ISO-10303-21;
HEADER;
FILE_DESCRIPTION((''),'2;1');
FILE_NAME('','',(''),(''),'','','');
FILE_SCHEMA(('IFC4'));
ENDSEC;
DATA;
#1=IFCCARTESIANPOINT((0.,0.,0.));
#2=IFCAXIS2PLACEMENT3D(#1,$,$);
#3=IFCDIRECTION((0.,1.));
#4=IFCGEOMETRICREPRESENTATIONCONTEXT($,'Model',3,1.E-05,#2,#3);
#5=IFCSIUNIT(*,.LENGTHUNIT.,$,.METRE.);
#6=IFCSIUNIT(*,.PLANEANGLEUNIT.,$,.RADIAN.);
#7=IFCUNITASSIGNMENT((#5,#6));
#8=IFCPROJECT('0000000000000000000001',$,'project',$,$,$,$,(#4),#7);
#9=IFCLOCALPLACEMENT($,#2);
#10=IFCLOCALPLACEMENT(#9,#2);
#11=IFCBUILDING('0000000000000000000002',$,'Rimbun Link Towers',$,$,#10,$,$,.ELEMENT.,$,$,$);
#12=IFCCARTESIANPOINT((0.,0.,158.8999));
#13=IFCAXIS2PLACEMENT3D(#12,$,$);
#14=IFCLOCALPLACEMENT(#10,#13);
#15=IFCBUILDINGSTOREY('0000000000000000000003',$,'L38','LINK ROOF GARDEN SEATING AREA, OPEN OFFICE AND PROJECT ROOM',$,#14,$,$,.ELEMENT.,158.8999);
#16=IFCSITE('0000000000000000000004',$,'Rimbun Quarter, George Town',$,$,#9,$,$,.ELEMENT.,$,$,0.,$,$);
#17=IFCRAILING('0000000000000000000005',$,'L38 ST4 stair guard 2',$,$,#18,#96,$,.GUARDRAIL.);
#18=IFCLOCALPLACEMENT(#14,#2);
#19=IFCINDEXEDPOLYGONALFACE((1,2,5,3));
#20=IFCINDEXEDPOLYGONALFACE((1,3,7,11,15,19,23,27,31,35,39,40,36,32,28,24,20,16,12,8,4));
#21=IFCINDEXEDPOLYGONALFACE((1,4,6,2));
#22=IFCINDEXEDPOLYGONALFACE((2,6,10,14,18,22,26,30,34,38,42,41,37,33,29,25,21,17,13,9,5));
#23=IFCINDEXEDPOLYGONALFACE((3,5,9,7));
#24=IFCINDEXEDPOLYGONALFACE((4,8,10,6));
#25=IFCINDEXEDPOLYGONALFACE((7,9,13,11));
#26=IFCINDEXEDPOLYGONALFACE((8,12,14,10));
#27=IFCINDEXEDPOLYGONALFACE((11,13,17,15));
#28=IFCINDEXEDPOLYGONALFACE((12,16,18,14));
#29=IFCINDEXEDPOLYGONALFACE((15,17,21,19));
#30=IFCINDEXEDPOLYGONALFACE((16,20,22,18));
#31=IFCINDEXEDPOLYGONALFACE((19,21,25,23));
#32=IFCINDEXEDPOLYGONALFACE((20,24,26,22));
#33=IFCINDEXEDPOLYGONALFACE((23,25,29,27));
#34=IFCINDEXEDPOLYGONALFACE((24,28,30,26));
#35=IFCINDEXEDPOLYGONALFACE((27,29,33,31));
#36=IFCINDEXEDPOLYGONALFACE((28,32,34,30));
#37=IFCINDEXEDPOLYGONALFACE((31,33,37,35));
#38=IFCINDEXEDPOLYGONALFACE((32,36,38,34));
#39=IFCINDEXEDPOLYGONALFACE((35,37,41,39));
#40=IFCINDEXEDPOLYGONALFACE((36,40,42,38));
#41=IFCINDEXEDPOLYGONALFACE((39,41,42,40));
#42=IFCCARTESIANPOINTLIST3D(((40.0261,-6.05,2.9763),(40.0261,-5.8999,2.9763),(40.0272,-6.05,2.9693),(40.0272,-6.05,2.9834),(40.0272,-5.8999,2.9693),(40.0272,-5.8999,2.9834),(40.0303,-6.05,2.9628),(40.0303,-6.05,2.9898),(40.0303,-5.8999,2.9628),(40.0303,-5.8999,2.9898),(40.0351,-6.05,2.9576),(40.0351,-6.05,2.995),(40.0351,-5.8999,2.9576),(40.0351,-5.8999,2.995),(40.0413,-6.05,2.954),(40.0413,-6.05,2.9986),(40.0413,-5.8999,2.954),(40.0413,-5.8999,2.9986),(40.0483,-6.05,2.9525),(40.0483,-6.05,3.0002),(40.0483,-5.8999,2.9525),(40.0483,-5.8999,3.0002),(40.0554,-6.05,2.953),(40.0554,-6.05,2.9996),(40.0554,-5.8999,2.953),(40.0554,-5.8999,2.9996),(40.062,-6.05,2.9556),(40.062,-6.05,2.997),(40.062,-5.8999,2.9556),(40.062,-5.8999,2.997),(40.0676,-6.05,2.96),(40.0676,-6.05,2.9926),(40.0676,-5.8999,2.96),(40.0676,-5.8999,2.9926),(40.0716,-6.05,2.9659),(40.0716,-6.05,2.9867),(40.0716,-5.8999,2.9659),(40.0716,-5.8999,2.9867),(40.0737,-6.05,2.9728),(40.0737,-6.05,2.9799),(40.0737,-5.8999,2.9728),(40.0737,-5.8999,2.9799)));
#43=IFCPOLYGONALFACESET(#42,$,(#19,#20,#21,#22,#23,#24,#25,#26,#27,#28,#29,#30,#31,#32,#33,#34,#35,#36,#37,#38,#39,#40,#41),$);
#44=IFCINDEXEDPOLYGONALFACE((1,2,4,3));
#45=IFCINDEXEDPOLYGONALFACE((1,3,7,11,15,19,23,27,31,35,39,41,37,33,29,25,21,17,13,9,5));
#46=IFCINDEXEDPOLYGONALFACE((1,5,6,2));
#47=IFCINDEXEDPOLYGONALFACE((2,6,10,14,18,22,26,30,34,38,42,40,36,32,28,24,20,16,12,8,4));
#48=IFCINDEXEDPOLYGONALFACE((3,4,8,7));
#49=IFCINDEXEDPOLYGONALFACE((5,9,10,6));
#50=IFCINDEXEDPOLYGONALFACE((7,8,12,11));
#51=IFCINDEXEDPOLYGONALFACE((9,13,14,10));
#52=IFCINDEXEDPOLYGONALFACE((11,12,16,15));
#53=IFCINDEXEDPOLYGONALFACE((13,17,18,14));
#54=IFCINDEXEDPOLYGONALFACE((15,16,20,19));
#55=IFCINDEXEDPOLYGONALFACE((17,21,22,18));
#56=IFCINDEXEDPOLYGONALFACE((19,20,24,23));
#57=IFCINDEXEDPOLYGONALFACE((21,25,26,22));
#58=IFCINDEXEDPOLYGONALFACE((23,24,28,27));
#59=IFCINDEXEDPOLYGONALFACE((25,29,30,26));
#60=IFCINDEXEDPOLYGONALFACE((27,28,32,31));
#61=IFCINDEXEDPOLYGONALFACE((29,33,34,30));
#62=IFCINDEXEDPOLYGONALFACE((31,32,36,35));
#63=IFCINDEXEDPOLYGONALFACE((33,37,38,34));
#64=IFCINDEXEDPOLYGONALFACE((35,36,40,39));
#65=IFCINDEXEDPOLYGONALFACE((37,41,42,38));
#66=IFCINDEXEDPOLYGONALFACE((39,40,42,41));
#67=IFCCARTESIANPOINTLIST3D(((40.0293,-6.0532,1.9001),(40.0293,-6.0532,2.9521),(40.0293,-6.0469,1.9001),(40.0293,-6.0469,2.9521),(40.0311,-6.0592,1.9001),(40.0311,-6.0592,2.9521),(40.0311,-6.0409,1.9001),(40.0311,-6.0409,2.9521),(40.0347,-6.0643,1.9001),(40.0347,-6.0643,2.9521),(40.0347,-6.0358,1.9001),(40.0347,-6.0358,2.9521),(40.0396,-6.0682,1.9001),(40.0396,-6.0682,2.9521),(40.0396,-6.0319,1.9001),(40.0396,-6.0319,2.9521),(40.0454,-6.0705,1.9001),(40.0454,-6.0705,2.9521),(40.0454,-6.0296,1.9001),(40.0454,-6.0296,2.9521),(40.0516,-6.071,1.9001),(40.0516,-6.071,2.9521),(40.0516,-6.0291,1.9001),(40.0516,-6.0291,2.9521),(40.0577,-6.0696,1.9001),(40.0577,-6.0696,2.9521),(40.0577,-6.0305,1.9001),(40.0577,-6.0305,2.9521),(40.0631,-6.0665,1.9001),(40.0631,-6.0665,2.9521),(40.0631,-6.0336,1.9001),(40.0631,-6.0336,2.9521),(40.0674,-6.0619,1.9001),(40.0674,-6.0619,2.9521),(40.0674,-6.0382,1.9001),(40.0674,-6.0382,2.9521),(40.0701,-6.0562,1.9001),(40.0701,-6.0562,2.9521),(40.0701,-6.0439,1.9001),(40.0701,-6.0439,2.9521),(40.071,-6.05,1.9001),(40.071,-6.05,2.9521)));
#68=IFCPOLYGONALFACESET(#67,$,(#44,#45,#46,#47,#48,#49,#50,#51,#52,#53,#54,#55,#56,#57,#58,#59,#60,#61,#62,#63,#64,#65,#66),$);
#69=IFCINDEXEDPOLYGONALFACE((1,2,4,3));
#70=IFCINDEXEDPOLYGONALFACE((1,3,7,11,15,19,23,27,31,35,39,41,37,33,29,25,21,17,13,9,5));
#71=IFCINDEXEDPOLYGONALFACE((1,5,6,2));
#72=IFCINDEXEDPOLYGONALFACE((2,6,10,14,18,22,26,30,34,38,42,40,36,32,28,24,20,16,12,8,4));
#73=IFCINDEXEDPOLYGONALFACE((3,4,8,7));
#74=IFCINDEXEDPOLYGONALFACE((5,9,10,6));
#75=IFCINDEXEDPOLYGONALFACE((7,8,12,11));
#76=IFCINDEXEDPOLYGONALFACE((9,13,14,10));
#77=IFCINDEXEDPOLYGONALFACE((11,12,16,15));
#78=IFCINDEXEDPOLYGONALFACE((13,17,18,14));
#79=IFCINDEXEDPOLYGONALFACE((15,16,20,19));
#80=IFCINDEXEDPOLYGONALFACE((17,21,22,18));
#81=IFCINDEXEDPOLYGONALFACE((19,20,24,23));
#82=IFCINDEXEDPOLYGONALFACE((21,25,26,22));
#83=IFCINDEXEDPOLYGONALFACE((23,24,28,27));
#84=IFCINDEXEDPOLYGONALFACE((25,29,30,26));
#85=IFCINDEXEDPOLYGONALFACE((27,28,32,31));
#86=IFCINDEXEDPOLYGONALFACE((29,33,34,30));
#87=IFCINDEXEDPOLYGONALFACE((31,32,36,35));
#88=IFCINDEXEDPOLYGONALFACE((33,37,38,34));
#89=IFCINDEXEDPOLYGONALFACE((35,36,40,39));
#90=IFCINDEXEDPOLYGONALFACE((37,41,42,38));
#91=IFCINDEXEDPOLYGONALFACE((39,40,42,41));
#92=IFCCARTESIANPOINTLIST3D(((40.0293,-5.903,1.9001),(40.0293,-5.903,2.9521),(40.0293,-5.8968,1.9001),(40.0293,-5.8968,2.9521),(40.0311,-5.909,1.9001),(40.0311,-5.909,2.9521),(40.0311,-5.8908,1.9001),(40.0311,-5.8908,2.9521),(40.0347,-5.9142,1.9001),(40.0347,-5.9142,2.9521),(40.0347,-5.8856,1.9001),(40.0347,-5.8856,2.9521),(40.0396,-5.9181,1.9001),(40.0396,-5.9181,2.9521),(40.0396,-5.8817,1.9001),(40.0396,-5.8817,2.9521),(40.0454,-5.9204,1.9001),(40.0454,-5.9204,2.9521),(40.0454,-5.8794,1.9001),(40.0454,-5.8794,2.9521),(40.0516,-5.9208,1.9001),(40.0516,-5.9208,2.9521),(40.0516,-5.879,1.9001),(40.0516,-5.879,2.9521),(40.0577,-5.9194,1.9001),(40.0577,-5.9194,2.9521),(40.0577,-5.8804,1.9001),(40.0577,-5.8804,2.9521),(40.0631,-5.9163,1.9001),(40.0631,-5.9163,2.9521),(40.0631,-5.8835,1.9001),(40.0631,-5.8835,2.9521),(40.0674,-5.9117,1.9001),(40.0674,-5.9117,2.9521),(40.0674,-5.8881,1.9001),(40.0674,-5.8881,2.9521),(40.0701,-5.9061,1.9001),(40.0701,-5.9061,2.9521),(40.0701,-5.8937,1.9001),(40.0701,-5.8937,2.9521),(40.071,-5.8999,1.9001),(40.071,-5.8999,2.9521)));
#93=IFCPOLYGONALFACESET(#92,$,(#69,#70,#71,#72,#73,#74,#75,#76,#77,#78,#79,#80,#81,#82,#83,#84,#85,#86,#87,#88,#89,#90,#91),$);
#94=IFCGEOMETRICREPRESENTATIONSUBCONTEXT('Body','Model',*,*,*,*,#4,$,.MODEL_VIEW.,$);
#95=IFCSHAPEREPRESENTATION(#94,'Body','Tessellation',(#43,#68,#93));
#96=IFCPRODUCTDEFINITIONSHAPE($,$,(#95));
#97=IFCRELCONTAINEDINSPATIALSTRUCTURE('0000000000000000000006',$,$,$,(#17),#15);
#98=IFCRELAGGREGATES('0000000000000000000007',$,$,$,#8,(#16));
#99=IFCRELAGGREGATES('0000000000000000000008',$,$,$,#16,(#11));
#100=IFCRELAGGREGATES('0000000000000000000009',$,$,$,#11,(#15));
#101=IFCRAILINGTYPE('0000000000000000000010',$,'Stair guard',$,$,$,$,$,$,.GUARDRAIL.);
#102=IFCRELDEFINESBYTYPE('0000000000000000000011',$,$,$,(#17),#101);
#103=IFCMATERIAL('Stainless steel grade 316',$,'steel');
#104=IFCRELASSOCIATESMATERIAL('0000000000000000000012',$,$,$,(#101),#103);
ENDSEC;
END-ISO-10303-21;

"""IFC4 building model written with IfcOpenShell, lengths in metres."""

from ifc_helpers import new_model, si_unit, direction, frame, origin, origin_2d, place, context, subcontext, project, spatial, circle, extrude, material, type_object, element, save


model = new_model("IFC4")

# Units and contexts
model_context = context("Model", 3, precision=1e-05, world=origin(), true_north=direction((0.0, 1.0)))
body_context = subcontext(model_context, "Body", "Model", "MODEL_VIEW")
ifc_project = project(units=[si_unit("LENGTHUNIT", "METRE"), si_unit("PLANEANGLEUNIT", "RADIAN")], contexts=[model_context])

# Site, building, storey
site_placement = place(None, origin())
site = spatial("IfcSite", under=ifc_project, at=site_placement, Name="Rimbun Quarter, George Town", CompositionType="ELEMENT", RefElevation=0.0)
building_placement = place(site_placement, origin())
building = spatial("IfcBuilding", under=site, at=building_placement, Name="Rimbun Link Towers", CompositionType="ELEMENT")
storey_placement = place(building_placement, frame((0.0, 0.0, 158.8999)))
storey = spatial("IfcBuildingStorey", under=building, at=storey_placement, Name="L38", Description="LINK ROOF GARDEN SEATING AREA, OPEN OFFICE AND PROJECT ROOM", CompositionType="ELEMENT", Elevation=158.8999)

# Railing
ifc_material_1 = material(Name="Stainless steel grade 316", Category="steel")
railing_type_1 = type_object("IfcRailingType", Name="Stair guard", PredefinedType="GUARDRAIL", material=ifc_material_1)
railing_1_placement = place(storey_placement, frame((40.05, -6.05, 1.9001)))
element("IfcRailing", 1, at=railing_1_placement, inside=storey, type_object=railing_type_1, Name="L38 ST4 stair guard 2", PredefinedType="GUARDRAIL", context=body_context, shape_type="SweptSolid", body=[
    extrude(circle(Radius=0.0239, at=origin_2d()), frame((0.0, 0.0, 1.0762), z_axis=(0.0, 1.0, 0.0), x_axis=(-1.0, 0.0, 0.0)), (0.0, 0.0, 1.0), 0.1501),
    extrude(circle(Radius=0.021, at=origin_2d()), origin(), (0.0, 0.0, 1.0), 1.052),
    extrude(circle(Radius=0.021, at=origin_2d()), frame((0.0, 0.1501, 0.0)), (0.0, 0.0, 1.0), 1.052),
])

save(model, "model.ifc")
